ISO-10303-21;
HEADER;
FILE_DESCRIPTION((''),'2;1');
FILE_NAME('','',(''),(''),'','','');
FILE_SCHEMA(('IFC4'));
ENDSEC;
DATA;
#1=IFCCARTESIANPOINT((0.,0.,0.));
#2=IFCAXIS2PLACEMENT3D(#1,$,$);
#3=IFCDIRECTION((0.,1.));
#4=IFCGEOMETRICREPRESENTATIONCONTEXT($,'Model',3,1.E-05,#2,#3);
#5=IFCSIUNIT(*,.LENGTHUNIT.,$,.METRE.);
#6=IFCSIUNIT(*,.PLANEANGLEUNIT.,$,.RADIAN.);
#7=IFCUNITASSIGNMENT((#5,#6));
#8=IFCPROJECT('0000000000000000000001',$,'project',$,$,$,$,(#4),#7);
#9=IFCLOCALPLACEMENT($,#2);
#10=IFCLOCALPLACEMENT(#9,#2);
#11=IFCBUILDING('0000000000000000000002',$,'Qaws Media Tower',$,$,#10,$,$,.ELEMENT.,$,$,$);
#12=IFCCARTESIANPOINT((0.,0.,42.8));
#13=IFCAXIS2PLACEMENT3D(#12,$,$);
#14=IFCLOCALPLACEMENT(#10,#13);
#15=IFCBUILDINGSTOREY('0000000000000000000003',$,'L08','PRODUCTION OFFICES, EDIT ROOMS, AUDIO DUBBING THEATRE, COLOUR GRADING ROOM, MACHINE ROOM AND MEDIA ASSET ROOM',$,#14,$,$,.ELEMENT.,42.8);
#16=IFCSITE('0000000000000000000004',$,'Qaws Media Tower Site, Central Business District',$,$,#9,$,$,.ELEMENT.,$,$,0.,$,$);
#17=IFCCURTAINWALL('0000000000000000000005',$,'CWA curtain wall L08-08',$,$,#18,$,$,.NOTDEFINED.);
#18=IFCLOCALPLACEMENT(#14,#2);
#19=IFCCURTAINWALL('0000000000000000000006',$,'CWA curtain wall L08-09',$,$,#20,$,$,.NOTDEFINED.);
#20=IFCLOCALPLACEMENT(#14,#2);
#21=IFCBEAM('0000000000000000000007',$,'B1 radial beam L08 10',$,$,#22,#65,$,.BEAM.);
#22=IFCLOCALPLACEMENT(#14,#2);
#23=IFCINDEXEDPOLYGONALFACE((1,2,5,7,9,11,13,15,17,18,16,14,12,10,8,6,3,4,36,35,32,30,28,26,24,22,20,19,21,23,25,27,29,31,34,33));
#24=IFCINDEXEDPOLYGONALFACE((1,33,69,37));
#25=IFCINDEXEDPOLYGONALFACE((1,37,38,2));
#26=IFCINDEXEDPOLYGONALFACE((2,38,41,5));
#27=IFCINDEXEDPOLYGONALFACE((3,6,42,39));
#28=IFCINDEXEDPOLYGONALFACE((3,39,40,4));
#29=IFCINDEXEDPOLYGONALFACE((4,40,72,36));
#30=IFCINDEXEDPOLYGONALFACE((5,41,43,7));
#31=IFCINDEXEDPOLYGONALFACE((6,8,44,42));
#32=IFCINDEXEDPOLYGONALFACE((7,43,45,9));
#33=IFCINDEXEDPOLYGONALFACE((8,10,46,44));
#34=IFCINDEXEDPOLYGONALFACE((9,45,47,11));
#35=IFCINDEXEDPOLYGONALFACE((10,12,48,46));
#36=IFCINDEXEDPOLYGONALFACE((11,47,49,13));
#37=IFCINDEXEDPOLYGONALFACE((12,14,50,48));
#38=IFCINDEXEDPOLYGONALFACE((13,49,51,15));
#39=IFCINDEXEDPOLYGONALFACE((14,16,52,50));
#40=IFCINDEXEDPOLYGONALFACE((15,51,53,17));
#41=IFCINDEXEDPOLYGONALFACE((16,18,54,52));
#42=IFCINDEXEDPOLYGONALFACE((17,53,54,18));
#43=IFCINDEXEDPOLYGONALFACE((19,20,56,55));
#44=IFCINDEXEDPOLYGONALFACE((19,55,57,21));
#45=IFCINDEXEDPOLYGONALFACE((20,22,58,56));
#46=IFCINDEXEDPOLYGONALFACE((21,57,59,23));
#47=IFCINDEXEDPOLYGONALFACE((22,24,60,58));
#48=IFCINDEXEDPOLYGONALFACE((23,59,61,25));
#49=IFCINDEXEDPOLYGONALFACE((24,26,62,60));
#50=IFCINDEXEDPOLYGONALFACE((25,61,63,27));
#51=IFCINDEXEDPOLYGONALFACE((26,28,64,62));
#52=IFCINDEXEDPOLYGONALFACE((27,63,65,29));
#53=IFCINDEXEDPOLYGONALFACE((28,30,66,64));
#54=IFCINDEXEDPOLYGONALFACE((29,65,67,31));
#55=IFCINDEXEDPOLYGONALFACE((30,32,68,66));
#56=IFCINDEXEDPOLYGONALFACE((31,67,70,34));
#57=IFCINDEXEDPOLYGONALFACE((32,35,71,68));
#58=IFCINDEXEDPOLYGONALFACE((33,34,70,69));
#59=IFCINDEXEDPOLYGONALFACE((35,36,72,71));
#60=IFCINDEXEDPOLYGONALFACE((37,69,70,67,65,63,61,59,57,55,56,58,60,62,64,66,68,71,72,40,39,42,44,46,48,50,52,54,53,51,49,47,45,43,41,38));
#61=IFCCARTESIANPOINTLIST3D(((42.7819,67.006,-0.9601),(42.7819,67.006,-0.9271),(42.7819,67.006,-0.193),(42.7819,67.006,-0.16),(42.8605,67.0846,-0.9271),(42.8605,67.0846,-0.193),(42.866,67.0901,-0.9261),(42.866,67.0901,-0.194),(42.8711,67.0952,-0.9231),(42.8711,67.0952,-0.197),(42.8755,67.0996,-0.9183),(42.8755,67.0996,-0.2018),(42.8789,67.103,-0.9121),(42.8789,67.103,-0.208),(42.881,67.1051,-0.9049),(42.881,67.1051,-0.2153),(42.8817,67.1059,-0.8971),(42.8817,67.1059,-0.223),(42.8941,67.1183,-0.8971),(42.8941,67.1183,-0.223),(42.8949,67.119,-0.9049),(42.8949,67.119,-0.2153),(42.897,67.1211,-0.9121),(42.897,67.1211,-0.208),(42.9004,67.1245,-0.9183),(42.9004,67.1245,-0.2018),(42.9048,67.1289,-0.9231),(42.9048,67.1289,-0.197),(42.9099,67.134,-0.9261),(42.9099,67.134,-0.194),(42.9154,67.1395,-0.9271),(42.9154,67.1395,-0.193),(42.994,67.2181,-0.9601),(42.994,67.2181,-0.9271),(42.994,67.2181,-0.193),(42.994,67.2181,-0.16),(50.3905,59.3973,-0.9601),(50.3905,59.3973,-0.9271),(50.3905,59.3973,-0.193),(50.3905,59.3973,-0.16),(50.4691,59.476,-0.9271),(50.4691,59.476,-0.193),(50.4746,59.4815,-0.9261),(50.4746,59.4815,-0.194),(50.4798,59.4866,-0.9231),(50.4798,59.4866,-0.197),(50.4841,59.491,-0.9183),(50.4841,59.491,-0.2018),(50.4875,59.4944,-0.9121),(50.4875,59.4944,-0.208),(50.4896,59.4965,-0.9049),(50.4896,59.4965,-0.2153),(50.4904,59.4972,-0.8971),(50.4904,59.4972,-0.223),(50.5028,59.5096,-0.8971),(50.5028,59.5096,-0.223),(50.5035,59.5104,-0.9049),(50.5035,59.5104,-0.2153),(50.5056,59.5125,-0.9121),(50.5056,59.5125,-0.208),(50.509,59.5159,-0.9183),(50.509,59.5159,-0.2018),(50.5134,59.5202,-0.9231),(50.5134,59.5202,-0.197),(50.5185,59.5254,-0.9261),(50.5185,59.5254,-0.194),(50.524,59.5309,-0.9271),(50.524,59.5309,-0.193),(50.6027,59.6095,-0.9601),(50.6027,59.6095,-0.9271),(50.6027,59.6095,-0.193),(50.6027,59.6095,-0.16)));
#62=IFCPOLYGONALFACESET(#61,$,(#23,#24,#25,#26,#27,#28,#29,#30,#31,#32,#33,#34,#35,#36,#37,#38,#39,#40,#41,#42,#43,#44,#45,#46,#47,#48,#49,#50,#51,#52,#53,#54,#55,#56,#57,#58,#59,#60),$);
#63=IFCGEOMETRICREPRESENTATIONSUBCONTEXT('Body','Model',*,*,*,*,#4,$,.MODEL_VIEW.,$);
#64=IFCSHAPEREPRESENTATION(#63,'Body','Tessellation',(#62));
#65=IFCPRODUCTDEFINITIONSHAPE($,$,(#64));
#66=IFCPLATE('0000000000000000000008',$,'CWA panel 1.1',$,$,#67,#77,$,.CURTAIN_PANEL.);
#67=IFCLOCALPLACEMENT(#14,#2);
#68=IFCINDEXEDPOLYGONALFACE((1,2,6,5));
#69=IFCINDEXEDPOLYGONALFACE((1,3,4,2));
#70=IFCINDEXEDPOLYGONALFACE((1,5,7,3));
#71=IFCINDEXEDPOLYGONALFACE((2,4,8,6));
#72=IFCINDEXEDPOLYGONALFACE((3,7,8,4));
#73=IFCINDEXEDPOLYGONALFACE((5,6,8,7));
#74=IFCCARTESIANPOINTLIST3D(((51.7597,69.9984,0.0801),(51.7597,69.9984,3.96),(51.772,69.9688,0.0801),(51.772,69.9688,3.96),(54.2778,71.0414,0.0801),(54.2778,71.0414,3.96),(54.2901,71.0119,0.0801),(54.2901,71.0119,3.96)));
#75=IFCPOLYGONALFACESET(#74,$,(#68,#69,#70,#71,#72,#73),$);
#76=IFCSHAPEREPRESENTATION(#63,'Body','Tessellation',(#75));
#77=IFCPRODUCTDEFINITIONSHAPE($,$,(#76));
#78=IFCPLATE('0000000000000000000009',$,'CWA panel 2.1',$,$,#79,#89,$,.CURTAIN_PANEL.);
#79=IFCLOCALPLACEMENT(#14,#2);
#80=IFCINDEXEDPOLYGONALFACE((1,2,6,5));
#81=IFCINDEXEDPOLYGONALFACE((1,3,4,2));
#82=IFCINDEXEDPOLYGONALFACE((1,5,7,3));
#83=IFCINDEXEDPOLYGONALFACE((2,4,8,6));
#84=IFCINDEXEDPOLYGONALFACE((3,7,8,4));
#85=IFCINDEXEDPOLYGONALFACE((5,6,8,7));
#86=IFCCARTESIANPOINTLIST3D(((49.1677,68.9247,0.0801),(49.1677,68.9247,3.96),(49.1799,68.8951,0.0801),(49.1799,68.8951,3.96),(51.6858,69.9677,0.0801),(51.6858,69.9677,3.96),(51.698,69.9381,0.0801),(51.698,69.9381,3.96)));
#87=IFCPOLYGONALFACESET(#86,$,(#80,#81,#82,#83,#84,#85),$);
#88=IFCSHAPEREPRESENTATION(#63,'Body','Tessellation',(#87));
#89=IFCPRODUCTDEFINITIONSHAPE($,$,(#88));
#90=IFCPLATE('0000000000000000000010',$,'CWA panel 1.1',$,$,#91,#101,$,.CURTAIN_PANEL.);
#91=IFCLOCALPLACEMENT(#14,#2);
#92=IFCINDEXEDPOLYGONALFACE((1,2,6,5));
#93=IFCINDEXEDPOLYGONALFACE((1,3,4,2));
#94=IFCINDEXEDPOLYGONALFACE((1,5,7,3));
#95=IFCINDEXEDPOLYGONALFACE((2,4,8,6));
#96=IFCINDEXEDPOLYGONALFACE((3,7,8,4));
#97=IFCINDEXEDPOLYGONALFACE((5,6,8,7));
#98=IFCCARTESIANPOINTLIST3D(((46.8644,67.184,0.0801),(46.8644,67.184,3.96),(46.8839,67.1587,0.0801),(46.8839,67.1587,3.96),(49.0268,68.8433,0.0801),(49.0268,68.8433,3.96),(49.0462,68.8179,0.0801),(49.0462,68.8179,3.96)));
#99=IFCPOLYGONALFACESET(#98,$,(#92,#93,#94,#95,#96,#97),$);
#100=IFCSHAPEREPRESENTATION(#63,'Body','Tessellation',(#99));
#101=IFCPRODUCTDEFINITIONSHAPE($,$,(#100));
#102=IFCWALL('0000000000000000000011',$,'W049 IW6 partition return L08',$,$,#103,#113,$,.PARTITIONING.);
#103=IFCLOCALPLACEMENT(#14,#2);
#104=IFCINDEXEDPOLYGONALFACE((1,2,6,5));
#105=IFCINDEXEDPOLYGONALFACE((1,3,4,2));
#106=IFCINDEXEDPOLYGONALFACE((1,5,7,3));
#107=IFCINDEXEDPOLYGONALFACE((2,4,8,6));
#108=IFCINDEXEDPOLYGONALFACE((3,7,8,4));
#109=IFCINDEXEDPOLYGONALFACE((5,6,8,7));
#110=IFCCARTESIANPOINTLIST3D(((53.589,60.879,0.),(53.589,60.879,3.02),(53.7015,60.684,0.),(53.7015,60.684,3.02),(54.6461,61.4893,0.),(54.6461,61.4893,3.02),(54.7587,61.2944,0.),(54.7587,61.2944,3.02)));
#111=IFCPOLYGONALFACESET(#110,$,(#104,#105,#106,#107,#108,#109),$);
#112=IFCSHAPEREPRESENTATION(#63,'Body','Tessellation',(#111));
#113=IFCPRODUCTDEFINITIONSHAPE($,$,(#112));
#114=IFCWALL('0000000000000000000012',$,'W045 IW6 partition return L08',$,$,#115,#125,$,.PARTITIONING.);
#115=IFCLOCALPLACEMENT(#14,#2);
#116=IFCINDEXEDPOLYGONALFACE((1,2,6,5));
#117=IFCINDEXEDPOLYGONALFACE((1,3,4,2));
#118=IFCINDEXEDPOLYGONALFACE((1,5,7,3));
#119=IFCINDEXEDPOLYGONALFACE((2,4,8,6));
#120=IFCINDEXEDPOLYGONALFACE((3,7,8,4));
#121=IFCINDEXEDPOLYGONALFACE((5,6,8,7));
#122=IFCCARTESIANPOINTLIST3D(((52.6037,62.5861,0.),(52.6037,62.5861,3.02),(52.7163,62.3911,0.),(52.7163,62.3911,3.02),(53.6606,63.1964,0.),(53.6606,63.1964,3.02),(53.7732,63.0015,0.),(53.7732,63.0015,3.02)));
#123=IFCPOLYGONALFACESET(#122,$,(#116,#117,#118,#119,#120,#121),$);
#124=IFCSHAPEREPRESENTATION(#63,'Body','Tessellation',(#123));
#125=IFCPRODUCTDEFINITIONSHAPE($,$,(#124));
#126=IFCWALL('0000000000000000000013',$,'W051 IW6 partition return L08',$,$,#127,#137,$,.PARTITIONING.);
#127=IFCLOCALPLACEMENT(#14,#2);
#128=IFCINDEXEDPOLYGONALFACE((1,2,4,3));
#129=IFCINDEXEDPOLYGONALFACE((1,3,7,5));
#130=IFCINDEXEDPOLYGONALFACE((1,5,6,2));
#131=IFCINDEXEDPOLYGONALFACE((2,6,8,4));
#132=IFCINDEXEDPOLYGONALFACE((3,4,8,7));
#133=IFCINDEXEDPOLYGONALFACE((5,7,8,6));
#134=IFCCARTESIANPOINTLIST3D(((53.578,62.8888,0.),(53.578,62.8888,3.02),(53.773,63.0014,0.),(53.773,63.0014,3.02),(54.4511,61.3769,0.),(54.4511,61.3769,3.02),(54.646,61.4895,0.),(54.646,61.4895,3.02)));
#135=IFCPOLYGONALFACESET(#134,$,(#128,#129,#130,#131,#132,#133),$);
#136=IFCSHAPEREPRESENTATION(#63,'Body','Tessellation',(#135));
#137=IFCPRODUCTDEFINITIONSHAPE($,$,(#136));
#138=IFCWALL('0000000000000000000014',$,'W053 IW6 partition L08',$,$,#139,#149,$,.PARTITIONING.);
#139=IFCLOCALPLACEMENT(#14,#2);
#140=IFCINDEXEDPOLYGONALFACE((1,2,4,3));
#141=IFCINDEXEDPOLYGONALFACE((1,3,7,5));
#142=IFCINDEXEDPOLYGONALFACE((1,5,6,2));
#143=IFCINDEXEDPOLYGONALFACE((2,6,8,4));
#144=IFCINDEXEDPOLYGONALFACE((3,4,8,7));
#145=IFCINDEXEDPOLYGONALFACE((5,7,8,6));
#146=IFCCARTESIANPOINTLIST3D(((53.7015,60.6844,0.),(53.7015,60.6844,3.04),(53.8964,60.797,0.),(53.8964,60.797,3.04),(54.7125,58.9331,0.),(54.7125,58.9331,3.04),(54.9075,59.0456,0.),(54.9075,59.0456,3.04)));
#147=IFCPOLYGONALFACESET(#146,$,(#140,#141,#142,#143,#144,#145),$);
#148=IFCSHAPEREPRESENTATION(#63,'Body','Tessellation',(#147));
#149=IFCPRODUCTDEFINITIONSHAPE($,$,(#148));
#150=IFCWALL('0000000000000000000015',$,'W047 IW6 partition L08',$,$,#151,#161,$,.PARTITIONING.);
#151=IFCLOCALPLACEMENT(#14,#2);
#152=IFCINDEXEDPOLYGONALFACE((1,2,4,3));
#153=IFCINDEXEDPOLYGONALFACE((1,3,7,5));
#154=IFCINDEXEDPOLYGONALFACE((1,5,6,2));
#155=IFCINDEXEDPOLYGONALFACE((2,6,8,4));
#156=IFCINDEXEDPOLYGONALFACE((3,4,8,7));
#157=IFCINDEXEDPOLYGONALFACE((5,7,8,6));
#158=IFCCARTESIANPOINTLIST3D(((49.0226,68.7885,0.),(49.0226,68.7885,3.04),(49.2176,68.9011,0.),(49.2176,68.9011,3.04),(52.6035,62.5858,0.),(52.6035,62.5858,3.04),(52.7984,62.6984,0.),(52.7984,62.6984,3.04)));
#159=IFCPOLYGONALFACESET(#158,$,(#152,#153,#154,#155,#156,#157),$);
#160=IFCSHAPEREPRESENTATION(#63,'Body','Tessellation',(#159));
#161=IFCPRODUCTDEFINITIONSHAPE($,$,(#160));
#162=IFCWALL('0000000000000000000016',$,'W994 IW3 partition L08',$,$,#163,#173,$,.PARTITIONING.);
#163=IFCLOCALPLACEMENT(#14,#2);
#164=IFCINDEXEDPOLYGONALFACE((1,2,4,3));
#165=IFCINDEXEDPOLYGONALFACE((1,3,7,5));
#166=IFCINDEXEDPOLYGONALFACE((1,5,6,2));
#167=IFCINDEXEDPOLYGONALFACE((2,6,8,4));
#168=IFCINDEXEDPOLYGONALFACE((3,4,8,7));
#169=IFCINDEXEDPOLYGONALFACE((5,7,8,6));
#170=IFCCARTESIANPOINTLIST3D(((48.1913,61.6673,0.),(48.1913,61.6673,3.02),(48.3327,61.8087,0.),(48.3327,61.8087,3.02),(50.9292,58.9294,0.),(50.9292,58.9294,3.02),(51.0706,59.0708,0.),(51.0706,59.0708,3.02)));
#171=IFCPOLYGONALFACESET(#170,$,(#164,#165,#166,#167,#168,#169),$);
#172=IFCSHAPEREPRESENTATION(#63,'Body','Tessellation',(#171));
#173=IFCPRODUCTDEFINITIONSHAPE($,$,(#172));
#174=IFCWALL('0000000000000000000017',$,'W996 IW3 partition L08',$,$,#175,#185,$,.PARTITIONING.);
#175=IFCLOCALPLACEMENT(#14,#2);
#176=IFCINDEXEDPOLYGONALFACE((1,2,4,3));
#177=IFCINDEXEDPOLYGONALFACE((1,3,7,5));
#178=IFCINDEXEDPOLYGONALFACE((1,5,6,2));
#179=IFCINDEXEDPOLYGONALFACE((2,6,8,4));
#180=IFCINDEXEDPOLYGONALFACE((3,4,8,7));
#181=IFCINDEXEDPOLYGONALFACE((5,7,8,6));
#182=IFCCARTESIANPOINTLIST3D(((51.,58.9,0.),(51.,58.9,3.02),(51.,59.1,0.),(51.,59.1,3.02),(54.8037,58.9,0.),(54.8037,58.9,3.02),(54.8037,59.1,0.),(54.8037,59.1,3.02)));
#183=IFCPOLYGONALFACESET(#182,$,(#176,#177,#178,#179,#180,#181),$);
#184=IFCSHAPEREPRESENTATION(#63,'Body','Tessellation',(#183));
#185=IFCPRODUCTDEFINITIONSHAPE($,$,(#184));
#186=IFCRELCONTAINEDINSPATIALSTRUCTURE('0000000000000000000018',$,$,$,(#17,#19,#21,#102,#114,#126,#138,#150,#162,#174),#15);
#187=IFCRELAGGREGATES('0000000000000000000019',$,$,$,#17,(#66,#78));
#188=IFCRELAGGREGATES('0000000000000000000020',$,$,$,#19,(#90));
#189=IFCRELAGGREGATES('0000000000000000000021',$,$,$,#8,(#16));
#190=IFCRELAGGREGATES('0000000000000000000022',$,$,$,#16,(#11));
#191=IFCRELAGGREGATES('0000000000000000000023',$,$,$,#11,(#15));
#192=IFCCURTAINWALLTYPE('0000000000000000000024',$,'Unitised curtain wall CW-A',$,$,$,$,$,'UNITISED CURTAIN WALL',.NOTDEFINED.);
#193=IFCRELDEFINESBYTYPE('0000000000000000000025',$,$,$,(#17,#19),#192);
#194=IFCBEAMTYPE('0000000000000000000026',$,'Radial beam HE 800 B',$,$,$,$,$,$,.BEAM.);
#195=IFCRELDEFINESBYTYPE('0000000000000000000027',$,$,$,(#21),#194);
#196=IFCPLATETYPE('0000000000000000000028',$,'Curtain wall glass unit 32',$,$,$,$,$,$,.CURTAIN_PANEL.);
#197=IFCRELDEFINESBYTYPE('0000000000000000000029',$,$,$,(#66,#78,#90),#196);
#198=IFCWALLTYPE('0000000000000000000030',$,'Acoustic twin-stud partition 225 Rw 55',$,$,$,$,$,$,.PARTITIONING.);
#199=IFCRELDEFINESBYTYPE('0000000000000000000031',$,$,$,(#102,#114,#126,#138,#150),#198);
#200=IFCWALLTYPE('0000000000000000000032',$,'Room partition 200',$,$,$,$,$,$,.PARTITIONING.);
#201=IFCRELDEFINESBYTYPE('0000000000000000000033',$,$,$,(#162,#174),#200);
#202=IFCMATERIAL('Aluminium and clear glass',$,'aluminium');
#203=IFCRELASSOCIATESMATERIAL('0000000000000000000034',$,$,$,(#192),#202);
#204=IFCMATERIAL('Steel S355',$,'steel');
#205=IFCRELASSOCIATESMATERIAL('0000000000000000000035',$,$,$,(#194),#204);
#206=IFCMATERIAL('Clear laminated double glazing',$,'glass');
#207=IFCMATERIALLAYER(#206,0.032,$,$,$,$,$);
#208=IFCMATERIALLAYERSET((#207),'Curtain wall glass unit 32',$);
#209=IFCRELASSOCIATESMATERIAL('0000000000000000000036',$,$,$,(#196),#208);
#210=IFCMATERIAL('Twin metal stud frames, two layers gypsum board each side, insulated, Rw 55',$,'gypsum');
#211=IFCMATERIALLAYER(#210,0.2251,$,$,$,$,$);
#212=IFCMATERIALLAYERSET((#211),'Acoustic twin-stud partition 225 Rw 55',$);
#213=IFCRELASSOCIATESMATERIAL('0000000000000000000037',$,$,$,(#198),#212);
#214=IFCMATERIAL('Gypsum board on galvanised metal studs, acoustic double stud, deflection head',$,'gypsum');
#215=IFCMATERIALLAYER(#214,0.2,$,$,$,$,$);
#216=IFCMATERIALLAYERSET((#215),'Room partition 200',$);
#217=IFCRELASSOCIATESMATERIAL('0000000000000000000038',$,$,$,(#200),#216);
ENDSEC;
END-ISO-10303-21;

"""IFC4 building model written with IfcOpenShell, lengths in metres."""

from ifc_helpers import new_model, si_unit, direction, frame, frame_2d, origin, origin_2d, place, context, subcontext, project, spatial, rectangle, i_section, extrude, material, layer, layer_set, material_profile, profile_set, type_object, element, aggregate, save


model = new_model("IFC4")

# Units and contexts
model_context = context("Model", 3, precision=1e-05, world=origin(), true_north=direction((0.0, 1.0)))
body_context = subcontext(model_context, "Body", "Model", "MODEL_VIEW")
ifc_project = project(units=[si_unit("LENGTHUNIT", "METRE"), si_unit("PLANEANGLEUNIT", "RADIAN")], contexts=[model_context])

# Site, building, storey
site_placement = place(None, origin())
site = spatial("IfcSite", under=ifc_project, at=site_placement, Name="Qaws Media Tower Site, Central Business District", CompositionType="ELEMENT", RefElevation=0.0)
building_placement = place(site_placement, origin())
building = spatial("IfcBuilding", under=site, at=building_placement, Name="Qaws Media Tower", CompositionType="ELEMENT")
storey_placement = place(building_placement, frame((0.0, 0.0, 42.8)))
storey = spatial("IfcBuildingStorey", under=building, at=storey_placement, Name="L08", Description="PRODUCTION OFFICES, EDIT ROOMS, AUDIO DUBBING THEATRE, COLOUR GRADING ROOM, MACHINE ROOM AND MEDIA ASSET ROOM", CompositionType="ELEMENT", Elevation=42.8)

# Curtain wall
ifc_material_1 = material(Name="Aluminium and clear glass", Category="aluminium")
curtain_wall_type = type_object("IfcCurtainWallType", Name="Unitised curtain wall CW-A", ElementType="UNITISED CURTAIN WALL", PredefinedType="NOTDEFINED", material=ifc_material_1)
curtain_wall_1_placement = place(storey_placement, origin())
curtain_wall_1 = element("IfcCurtainWall", 1, at=curtain_wall_1_placement, inside=storey, type_object=curtain_wall_type, Name="CWA curtain wall L08-08", PredefinedType="NOTDEFINED")

# Curtain wall
curtain_wall_2_placement = place(storey_placement, origin())
curtain_wall_2 = element("IfcCurtainWall", 2, at=curtain_wall_2_placement, inside=storey, type_object=curtain_wall_type, Name="CWA curtain wall L08-09", PredefinedType="NOTDEFINED")

# Beam
ifc_material_2 = material(Name="Steel S355", Category="steel")
ifc_material_profile_1 = material_profile(ifc_material_2, i_section(OverallWidth=0.3, OverallDepth=0.8, WebThickness=0.0176, FlangeThickness=0.033, FilletRadius=0.03, at=origin_2d()), Name="HE 800 B")
ifc_profile_set_1 = profile_set([ifc_material_profile_1], Name="Steel S355")
beam_type_1 = type_object("IfcBeamType", Name="Radial beam HE 800 B", PredefinedType="BEAM", material=ifc_profile_set_1)
beam_1_placement = place(storey_placement, frame((50.4966, 59.5034, -0.5601), z_axis=(-0.707107, 0.707107, 0.0), x_axis=(-0.707107, -0.707107, 0.0)))
element("IfcBeam", 3, at=beam_1_placement, inside=storey, type_object=beam_type_1, Name="B1 radial beam L08 10", PredefinedType="BEAM", context=body_context, shape_type="SweptSolid", body=[
    extrude(i_section(OverallWidth=0.3, OverallDepth=0.8, WebThickness=0.0176, FlangeThickness=0.033, FilletRadius=0.03, at=origin_2d()), origin(), (0.0, 0.0, 1.0), 10.7603),
])

# Plates
ifc_material_3 = material(Name="Clear laminated double glazing", Category="glass")
ifc_layer_1 = layer(ifc_material_3, 0.032)
ifc_layer_set_1 = layer_set([ifc_layer_1], Name="Curtain wall glass unit 32")
plate_type = type_object("IfcPlateType", Name="Curtain wall glass unit 32", PredefinedType="CURTAIN_PANEL", material=ifc_layer_set_1)
plate_1_placement = place(storey_placement, frame((53.0249, 70.5051, 0.0801), z_axis=(0.0, 0.0, 1.0), x_axis=(-0.92388, -0.382683, 0.0)))
plate_1 = element("IfcPlate", 4, at=plate_1_placement, type_object=plate_type, Name="CWA panel 1.1", PredefinedType="CURTAIN_PANEL", context=body_context, shape_type="SweptSolid", body=[
    extrude(rectangle(XDim=2.7256, YDim=0.032, at=origin_2d()), origin(), (0.0, 0.0, 1.0), 3.8799),
])
plate_2_placement = place(storey_placement, frame((50.4329, 69.4314, 0.0801), z_axis=(0.0, 0.0, 1.0), x_axis=(-0.92388, -0.382683, 0.0)))
plate_2 = element("IfcPlate", 5, at=plate_2_placement, type_object=plate_type, Name="CWA panel 2.1", PredefinedType="CURTAIN_PANEL", context=body_context, shape_type="SweptSolid", body=[
    extrude(rectangle(XDim=2.7256, YDim=0.032, at=origin_2d()), origin(), (0.0, 0.0, 1.0), 3.8799),
])
aggregate(curtain_wall_1, [plate_1, plate_2])
plate_3_placement = place(storey_placement, frame((47.9553, 68.001, 0.0801), z_axis=(0.0, 0.0, 1.0), x_axis=(-0.793353, -0.608761, 0.0)))
plate_3 = element("IfcPlate", 6, at=plate_3_placement, type_object=plate_type, Name="CWA panel 1.1", PredefinedType="CURTAIN_PANEL", context=body_context, shape_type="SweptSolid", body=[
    extrude(rectangle(XDim=2.7256, YDim=0.032, at=origin_2d()), origin(), (0.0, 0.0, 1.0), 3.8799),
])
aggregate(curtain_wall_2, [plate_3])

# Walls
ifc_material_4 = material(Name="Twin metal stud frames, two layers gypsum board each side, insulated, Rw 55", Category="gypsum")
ifc_layer_2 = layer(ifc_material_4, 0.2251)
ifc_layer_set_2 = layer_set([ifc_layer_2], Name="Acoustic twin-stud partition 225 Rw 55")
wall_type_1 = type_object("IfcWallType", Name="Acoustic twin-stud partition 225 Rw 55", PredefinedType="PARTITIONING", material=ifc_layer_set_2)
wall_1_placement = place(storey_placement, frame((53.6453, 60.7815, 0.0), z_axis=(0.0, 0.0, 1.0), x_axis=(0.866019, 0.500011, 0.0)))
element("IfcWall", 7, at=wall_1_placement, inside=storey, type_object=wall_type_1, Name="W049 IW6 partition return L08", PredefinedType="PARTITIONING", context=body_context, shape_type="SweptSolid", body=[
    extrude(rectangle(XDim=1.2207, YDim=0.2251, at=frame_2d((0.6104, 0.0))), origin(), (0.0, 0.0, 1.0), 3.02),
])
wall_2_placement = place(storey_placement, frame((52.6599, 62.4885, 0.0), z_axis=(0.0, 0.0, 1.0), x_axis=(0.865969, 0.500098, 0.0)))
element("IfcWall", 8, at=wall_2_placement, inside=storey, type_object=wall_type_1, Name="W045 IW6 partition return L08", PredefinedType="PARTITIONING", context=body_context, shape_type="SweptSolid", body=[
    extrude(rectangle(XDim=1.2205, YDim=0.2251, at=frame_2d((0.6104, 0.0))), origin(), (0.0, 0.0, 1.0), 3.02),
])
wall_3_placement = place(storey_placement, frame((54.5486, 61.4331, 0.0), z_axis=(0.0, 0.0, 1.0), x_axis=(-0.500049, 0.865997, 0.0)))
element("IfcWall", 9, at=wall_3_placement, inside=storey, type_object=wall_type_1, Name="W051 IW6 partition return L08", PredefinedType="PARTITIONING", context=body_context, shape_type="SweptSolid", body=[
    extrude(rectangle(XDim=1.7458, YDim=0.2251, at=frame_2d((0.873, 0.0))), origin(), (0.0, 0.0, 1.0), 3.02),
])
wall_4_placement = place(storey_placement, frame((54.8101, 58.9893, 0.0), z_axis=(0.0, 0.0, 1.0), x_axis=(-0.49997, 0.866043, 0.0)))
element("IfcWall", 10, at=wall_4_placement, inside=storey, type_object=wall_type_1, Name="W053 IW6 partition L08", PredefinedType="PARTITIONING", context=body_context, shape_type="SweptSolid", body=[
    extrude(rectangle(XDim=2.0222, YDim=0.2251, at=frame_2d((1.0112, 0.0))), origin(), (0.0, 0.0, 1.0), 3.04),
])
wall_5_placement = place(storey_placement, frame((52.7009, 62.6421, 0.0), z_axis=(0.0, 0.0, 1.0), x_axis=(-0.49997, 0.866043, 0.0)))
element("IfcWall", 11, at=wall_5_placement, inside=storey, type_object=wall_type_1, Name="W047 IW6 partition L08", PredefinedType="PARTITIONING", context=body_context, shape_type="SweptSolid", body=[
    extrude(rectangle(XDim=7.1621, YDim=0.2251, at=frame_2d((3.5811, 0.0))), origin(), (0.0, 0.0, 1.0), 3.04),
])
ifc_material_5 = material(Name="Gypsum board on galvanised metal studs, acoustic double stud, deflection head", Category="gypsum")
ifc_layer_3 = layer(ifc_material_5, 0.2)
ifc_layer_set_3 = layer_set([ifc_layer_3], Name="Room partition 200")
wall_type_2 = type_object("IfcWallType", Name="Room partition 200", PredefinedType="PARTITIONING", material=ifc_layer_set_3)
wall_6_placement = place(storey_placement, frame((48.262, 61.738, 0.0), z_axis=(0.0, 0.0, 1.0), x_axis=(0.707107, -0.707107, 0.0)))
element("IfcWall", 12, at=wall_6_placement, inside=storey, type_object=wall_type_2, Name="W994 IW3 partition L08", PredefinedType="PARTITIONING", context=body_context, shape_type="SweptSolid", body=[
    extrude(rectangle(XDim=3.8721, YDim=0.2, at=frame_2d((1.936, 0.0))), origin(), (0.0, 0.0, 1.0), 3.02),
])
wall_7_placement = place(storey_placement, frame((51.0, 59.0, 0.0), z_axis=(0.0, 0.0, 1.0), x_axis=(1.0, 0.0, 0.0)))
element("IfcWall", 13, at=wall_7_placement, inside=storey, type_object=wall_type_2, Name="W996 IW3 partition L08", PredefinedType="PARTITIONING", context=body_context, shape_type="SweptSolid", body=[
    extrude(rectangle(XDim=3.8037, YDim=0.2, at=frame_2d((1.9019, 0.0))), origin(), (0.0, 0.0, 1.0), 3.02),
])

save(model, "model.ifc")
